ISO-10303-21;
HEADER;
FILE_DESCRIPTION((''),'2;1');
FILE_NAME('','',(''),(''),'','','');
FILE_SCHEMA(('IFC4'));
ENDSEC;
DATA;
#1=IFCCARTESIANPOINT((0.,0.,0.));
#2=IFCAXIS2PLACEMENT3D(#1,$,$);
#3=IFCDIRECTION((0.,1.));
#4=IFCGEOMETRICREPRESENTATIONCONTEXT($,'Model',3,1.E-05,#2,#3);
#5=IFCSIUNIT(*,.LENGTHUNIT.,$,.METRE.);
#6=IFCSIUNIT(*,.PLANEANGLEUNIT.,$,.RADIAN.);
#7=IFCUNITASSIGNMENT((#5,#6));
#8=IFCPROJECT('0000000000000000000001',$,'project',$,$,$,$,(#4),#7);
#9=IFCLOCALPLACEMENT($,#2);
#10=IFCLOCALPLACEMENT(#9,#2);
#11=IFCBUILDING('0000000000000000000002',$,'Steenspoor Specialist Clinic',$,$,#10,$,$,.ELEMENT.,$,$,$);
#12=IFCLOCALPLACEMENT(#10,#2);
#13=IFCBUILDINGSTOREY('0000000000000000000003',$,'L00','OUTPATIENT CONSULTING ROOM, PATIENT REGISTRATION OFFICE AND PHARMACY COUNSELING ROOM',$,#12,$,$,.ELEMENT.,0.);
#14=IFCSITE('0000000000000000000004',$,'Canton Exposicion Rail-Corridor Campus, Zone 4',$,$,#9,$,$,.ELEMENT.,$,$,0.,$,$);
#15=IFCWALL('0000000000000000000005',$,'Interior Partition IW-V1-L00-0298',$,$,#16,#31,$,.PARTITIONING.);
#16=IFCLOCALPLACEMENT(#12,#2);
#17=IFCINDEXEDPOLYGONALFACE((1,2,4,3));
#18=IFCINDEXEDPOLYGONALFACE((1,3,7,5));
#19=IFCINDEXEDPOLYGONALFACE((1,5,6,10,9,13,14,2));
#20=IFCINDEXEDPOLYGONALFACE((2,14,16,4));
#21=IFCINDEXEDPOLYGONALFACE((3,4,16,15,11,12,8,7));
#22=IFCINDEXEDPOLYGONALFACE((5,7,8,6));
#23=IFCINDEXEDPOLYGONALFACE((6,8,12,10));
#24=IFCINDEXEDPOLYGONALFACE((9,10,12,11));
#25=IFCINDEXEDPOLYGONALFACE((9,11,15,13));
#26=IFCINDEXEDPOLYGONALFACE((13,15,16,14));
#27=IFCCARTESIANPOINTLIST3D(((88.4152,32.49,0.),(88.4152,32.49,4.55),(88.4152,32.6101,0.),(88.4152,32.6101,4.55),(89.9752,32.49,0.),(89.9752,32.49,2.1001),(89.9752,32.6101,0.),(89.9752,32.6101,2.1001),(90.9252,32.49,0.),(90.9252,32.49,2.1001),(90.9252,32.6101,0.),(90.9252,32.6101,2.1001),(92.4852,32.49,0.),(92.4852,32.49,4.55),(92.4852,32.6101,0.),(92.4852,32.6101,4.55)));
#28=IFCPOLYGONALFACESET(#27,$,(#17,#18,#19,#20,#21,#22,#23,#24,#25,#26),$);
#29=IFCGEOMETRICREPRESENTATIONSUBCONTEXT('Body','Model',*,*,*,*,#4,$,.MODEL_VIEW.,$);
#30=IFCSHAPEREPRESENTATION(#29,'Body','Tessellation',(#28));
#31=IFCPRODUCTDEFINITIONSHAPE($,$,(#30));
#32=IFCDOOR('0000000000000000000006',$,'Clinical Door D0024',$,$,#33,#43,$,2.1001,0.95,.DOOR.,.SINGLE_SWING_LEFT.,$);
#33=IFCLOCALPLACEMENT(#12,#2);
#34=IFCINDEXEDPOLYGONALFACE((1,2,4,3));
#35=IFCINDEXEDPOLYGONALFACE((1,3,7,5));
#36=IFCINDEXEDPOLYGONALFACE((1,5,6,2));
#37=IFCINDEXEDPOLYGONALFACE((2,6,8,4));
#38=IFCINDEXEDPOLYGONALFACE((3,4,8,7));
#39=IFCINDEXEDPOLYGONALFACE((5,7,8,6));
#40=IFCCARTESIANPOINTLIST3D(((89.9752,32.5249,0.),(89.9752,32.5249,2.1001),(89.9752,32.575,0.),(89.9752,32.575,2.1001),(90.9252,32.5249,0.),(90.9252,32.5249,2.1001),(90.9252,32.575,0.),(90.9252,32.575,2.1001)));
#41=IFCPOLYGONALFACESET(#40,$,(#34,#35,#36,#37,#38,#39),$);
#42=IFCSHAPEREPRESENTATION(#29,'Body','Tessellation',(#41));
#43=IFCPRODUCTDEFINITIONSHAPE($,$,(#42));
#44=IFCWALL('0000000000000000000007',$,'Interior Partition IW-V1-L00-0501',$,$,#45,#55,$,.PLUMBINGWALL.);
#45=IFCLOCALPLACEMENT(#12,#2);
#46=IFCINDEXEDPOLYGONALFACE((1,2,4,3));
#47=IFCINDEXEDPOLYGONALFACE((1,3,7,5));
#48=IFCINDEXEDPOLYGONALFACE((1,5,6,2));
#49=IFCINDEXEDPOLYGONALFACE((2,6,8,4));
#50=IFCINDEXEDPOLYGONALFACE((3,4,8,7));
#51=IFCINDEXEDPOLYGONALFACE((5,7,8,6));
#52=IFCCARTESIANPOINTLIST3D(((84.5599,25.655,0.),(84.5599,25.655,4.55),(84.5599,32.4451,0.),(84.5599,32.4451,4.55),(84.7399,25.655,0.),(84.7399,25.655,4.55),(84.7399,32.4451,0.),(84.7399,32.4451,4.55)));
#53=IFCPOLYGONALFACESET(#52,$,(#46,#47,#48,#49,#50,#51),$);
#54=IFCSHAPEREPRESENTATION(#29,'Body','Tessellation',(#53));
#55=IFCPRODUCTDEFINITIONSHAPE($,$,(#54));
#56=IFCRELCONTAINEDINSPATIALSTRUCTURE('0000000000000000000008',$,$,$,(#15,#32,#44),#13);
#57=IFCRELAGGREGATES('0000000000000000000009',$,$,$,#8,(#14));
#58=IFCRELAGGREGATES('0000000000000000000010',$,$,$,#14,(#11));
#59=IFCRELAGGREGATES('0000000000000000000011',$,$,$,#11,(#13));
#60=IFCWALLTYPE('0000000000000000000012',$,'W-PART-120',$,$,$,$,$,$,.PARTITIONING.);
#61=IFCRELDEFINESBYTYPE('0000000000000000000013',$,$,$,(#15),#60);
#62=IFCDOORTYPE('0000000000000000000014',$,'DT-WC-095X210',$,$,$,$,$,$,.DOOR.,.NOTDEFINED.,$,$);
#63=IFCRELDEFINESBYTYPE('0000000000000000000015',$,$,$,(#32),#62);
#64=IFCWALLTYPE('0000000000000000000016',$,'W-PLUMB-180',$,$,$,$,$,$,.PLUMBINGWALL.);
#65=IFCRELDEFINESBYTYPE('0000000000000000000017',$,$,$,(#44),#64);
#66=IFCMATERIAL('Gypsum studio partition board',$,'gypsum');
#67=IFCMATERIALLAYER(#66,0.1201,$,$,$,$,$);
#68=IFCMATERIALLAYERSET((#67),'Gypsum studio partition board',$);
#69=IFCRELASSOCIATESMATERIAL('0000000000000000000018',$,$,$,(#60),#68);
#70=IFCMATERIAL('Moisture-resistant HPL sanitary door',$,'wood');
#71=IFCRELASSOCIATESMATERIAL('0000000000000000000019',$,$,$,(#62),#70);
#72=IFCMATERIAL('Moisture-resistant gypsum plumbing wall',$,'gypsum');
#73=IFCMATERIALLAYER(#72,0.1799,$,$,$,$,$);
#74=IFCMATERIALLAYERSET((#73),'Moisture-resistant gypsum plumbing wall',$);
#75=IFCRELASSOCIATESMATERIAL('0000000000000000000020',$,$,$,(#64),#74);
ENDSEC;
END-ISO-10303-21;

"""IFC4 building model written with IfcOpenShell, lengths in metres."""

from ifc_helpers import new_model, si_unit, direction, frame, frame_2d, origin, place, context, subcontext, project, spatial, rectangle, extrude, material, layer, layer_set, type_object, element, fill, save


model = new_model("IFC4")

# Units and contexts
model_context = context("Model", 3, precision=1e-05, world=origin(), true_north=direction((0.0, 1.0)))
body_context = subcontext(model_context, "Body", "Model", "MODEL_VIEW")
ifc_project = project(units=[si_unit("LENGTHUNIT", "METRE"), si_unit("PLANEANGLEUNIT", "RADIAN")], contexts=[model_context])

# Site, building, storey
site_placement = place(None, origin())
site = spatial("IfcSite", under=ifc_project, at=site_placement, Name="Canton Exposicion Rail-Corridor Campus, Zone 4", CompositionType="ELEMENT", RefElevation=0.0)
building_placement = place(site_placement, origin())
building = spatial("IfcBuilding", under=site, at=building_placement, Name="Steenspoor Specialist Clinic", CompositionType="ELEMENT")
storey_placement = place(building_placement, origin())
storey = spatial("IfcBuildingStorey", under=building, at=storey_placement, Name="L00", Description="OUTPATIENT CONSULTING ROOM, PATIENT REGISTRATION OFFICE AND PHARMACY COUNSELING ROOM", CompositionType="ELEMENT", Elevation=0.0)

# Wall, opening, door
ifc_material_1 = material(Name="Gypsum studio partition board", Category="gypsum")
ifc_layer_1 = layer(ifc_material_1, 0.1201)
ifc_layer_set_1 = layer_set([ifc_layer_1], Name="Gypsum studio partition board")
wall_type_1 = type_object("IfcWallType", Name="W-PART-120", PredefinedType="PARTITIONING", material=ifc_layer_set_1)
wall_1_placement = place(storey_placement, frame((88.415, 32.55, 0.0), z_axis=(0.0, 0.0, 1.0), x_axis=(1.0, 0.0, 0.0)))
wall_1 = element("IfcWall", 1, at=wall_1_placement, inside=storey, type_object=wall_type_1, Name="Interior Partition IW-V1-L00-0298", PredefinedType="PARTITIONING", context=body_context, shape_type="SweptSolid", body=[
    extrude(rectangle(XDim=4.0701, YDim=0.1201, at=frame_2d((2.0352, 0.0))), origin(), (0.0, 0.0, 1.0), 4.55),
])
opening_1_placement = place(wall_1_placement, frame((1.5601, 0.0, 0.0)))
opening_1 = element("IfcOpeningElement", 2, at=opening_1_placement, cuts=wall_1, PredefinedType="OPENING", context=body_context, shape_type="SweptSolid", body=[
    extrude(rectangle(XDim=0.95, YDim=2.1001, at=frame_2d((0.4751, 1.05))), frame((0.0, 0.0701, 0.0), z_axis=(0.0, -1.0, 0.0), x_axis=(1.0, 0.0, 0.0)), (0.0, 0.0, 1.0), 0.1401),
])
ifc_material_2 = material(Name="Moisture-resistant HPL sanitary door", Category="wood")
door_type_1 = type_object("IfcDoorType", Name="DT-WC-095X210", OperationType="NOTDEFINED", PredefinedType="DOOR", material=ifc_material_2)
door_1_placement = place(opening_1_placement, origin())
door_1 = element("IfcDoor", 3, at=door_1_placement, inside=storey, type_object=door_type_1, Name="Clinical Door D0024", OperationType="SINGLE_SWING_LEFT", OverallHeight=2.1001, OverallWidth=0.95, PredefinedType="DOOR", context=body_context, shape_type="SweptSolid", body=[
    extrude(rectangle(XDim=0.95, YDim=2.1001, at=frame_2d((0.4751, 1.05))), frame((0.0, 0.0249, 0.0), z_axis=(0.0, -1.0, 0.0), x_axis=(1.0, 0.0, 0.0)), (0.0, 0.0, 1.0), 0.05),
])
fill(opening_1, door_1)

# Wall
ifc_material_3 = material(Name="Moisture-resistant gypsum plumbing wall", Category="gypsum")
ifc_layer_2 = layer(ifc_material_3, 0.1799)
ifc_layer_set_2 = layer_set([ifc_layer_2], Name="Moisture-resistant gypsum plumbing wall")
wall_type_2 = type_object("IfcWallType", Name="W-PLUMB-180", PredefinedType="PLUMBINGWALL", material=ifc_layer_set_2)
wall_2_placement = place(storey_placement, frame((84.6499, 25.655, 0.0), z_axis=(0.0, 0.0, 1.0), x_axis=(0.0, 1.0, 0.0)))
element("IfcWall", 4, at=wall_2_placement, inside=storey, type_object=wall_type_2, Name="Interior Partition IW-V1-L00-0501", PredefinedType="PLUMBINGWALL", context=body_context, shape_type="SweptSolid", body=[
    extrude(rectangle(XDim=6.79, YDim=0.1799, at=frame_2d((3.395, 0.0))), origin(), (0.0, 0.0, 1.0), 4.55),
])

save(model, "model.ifc")
